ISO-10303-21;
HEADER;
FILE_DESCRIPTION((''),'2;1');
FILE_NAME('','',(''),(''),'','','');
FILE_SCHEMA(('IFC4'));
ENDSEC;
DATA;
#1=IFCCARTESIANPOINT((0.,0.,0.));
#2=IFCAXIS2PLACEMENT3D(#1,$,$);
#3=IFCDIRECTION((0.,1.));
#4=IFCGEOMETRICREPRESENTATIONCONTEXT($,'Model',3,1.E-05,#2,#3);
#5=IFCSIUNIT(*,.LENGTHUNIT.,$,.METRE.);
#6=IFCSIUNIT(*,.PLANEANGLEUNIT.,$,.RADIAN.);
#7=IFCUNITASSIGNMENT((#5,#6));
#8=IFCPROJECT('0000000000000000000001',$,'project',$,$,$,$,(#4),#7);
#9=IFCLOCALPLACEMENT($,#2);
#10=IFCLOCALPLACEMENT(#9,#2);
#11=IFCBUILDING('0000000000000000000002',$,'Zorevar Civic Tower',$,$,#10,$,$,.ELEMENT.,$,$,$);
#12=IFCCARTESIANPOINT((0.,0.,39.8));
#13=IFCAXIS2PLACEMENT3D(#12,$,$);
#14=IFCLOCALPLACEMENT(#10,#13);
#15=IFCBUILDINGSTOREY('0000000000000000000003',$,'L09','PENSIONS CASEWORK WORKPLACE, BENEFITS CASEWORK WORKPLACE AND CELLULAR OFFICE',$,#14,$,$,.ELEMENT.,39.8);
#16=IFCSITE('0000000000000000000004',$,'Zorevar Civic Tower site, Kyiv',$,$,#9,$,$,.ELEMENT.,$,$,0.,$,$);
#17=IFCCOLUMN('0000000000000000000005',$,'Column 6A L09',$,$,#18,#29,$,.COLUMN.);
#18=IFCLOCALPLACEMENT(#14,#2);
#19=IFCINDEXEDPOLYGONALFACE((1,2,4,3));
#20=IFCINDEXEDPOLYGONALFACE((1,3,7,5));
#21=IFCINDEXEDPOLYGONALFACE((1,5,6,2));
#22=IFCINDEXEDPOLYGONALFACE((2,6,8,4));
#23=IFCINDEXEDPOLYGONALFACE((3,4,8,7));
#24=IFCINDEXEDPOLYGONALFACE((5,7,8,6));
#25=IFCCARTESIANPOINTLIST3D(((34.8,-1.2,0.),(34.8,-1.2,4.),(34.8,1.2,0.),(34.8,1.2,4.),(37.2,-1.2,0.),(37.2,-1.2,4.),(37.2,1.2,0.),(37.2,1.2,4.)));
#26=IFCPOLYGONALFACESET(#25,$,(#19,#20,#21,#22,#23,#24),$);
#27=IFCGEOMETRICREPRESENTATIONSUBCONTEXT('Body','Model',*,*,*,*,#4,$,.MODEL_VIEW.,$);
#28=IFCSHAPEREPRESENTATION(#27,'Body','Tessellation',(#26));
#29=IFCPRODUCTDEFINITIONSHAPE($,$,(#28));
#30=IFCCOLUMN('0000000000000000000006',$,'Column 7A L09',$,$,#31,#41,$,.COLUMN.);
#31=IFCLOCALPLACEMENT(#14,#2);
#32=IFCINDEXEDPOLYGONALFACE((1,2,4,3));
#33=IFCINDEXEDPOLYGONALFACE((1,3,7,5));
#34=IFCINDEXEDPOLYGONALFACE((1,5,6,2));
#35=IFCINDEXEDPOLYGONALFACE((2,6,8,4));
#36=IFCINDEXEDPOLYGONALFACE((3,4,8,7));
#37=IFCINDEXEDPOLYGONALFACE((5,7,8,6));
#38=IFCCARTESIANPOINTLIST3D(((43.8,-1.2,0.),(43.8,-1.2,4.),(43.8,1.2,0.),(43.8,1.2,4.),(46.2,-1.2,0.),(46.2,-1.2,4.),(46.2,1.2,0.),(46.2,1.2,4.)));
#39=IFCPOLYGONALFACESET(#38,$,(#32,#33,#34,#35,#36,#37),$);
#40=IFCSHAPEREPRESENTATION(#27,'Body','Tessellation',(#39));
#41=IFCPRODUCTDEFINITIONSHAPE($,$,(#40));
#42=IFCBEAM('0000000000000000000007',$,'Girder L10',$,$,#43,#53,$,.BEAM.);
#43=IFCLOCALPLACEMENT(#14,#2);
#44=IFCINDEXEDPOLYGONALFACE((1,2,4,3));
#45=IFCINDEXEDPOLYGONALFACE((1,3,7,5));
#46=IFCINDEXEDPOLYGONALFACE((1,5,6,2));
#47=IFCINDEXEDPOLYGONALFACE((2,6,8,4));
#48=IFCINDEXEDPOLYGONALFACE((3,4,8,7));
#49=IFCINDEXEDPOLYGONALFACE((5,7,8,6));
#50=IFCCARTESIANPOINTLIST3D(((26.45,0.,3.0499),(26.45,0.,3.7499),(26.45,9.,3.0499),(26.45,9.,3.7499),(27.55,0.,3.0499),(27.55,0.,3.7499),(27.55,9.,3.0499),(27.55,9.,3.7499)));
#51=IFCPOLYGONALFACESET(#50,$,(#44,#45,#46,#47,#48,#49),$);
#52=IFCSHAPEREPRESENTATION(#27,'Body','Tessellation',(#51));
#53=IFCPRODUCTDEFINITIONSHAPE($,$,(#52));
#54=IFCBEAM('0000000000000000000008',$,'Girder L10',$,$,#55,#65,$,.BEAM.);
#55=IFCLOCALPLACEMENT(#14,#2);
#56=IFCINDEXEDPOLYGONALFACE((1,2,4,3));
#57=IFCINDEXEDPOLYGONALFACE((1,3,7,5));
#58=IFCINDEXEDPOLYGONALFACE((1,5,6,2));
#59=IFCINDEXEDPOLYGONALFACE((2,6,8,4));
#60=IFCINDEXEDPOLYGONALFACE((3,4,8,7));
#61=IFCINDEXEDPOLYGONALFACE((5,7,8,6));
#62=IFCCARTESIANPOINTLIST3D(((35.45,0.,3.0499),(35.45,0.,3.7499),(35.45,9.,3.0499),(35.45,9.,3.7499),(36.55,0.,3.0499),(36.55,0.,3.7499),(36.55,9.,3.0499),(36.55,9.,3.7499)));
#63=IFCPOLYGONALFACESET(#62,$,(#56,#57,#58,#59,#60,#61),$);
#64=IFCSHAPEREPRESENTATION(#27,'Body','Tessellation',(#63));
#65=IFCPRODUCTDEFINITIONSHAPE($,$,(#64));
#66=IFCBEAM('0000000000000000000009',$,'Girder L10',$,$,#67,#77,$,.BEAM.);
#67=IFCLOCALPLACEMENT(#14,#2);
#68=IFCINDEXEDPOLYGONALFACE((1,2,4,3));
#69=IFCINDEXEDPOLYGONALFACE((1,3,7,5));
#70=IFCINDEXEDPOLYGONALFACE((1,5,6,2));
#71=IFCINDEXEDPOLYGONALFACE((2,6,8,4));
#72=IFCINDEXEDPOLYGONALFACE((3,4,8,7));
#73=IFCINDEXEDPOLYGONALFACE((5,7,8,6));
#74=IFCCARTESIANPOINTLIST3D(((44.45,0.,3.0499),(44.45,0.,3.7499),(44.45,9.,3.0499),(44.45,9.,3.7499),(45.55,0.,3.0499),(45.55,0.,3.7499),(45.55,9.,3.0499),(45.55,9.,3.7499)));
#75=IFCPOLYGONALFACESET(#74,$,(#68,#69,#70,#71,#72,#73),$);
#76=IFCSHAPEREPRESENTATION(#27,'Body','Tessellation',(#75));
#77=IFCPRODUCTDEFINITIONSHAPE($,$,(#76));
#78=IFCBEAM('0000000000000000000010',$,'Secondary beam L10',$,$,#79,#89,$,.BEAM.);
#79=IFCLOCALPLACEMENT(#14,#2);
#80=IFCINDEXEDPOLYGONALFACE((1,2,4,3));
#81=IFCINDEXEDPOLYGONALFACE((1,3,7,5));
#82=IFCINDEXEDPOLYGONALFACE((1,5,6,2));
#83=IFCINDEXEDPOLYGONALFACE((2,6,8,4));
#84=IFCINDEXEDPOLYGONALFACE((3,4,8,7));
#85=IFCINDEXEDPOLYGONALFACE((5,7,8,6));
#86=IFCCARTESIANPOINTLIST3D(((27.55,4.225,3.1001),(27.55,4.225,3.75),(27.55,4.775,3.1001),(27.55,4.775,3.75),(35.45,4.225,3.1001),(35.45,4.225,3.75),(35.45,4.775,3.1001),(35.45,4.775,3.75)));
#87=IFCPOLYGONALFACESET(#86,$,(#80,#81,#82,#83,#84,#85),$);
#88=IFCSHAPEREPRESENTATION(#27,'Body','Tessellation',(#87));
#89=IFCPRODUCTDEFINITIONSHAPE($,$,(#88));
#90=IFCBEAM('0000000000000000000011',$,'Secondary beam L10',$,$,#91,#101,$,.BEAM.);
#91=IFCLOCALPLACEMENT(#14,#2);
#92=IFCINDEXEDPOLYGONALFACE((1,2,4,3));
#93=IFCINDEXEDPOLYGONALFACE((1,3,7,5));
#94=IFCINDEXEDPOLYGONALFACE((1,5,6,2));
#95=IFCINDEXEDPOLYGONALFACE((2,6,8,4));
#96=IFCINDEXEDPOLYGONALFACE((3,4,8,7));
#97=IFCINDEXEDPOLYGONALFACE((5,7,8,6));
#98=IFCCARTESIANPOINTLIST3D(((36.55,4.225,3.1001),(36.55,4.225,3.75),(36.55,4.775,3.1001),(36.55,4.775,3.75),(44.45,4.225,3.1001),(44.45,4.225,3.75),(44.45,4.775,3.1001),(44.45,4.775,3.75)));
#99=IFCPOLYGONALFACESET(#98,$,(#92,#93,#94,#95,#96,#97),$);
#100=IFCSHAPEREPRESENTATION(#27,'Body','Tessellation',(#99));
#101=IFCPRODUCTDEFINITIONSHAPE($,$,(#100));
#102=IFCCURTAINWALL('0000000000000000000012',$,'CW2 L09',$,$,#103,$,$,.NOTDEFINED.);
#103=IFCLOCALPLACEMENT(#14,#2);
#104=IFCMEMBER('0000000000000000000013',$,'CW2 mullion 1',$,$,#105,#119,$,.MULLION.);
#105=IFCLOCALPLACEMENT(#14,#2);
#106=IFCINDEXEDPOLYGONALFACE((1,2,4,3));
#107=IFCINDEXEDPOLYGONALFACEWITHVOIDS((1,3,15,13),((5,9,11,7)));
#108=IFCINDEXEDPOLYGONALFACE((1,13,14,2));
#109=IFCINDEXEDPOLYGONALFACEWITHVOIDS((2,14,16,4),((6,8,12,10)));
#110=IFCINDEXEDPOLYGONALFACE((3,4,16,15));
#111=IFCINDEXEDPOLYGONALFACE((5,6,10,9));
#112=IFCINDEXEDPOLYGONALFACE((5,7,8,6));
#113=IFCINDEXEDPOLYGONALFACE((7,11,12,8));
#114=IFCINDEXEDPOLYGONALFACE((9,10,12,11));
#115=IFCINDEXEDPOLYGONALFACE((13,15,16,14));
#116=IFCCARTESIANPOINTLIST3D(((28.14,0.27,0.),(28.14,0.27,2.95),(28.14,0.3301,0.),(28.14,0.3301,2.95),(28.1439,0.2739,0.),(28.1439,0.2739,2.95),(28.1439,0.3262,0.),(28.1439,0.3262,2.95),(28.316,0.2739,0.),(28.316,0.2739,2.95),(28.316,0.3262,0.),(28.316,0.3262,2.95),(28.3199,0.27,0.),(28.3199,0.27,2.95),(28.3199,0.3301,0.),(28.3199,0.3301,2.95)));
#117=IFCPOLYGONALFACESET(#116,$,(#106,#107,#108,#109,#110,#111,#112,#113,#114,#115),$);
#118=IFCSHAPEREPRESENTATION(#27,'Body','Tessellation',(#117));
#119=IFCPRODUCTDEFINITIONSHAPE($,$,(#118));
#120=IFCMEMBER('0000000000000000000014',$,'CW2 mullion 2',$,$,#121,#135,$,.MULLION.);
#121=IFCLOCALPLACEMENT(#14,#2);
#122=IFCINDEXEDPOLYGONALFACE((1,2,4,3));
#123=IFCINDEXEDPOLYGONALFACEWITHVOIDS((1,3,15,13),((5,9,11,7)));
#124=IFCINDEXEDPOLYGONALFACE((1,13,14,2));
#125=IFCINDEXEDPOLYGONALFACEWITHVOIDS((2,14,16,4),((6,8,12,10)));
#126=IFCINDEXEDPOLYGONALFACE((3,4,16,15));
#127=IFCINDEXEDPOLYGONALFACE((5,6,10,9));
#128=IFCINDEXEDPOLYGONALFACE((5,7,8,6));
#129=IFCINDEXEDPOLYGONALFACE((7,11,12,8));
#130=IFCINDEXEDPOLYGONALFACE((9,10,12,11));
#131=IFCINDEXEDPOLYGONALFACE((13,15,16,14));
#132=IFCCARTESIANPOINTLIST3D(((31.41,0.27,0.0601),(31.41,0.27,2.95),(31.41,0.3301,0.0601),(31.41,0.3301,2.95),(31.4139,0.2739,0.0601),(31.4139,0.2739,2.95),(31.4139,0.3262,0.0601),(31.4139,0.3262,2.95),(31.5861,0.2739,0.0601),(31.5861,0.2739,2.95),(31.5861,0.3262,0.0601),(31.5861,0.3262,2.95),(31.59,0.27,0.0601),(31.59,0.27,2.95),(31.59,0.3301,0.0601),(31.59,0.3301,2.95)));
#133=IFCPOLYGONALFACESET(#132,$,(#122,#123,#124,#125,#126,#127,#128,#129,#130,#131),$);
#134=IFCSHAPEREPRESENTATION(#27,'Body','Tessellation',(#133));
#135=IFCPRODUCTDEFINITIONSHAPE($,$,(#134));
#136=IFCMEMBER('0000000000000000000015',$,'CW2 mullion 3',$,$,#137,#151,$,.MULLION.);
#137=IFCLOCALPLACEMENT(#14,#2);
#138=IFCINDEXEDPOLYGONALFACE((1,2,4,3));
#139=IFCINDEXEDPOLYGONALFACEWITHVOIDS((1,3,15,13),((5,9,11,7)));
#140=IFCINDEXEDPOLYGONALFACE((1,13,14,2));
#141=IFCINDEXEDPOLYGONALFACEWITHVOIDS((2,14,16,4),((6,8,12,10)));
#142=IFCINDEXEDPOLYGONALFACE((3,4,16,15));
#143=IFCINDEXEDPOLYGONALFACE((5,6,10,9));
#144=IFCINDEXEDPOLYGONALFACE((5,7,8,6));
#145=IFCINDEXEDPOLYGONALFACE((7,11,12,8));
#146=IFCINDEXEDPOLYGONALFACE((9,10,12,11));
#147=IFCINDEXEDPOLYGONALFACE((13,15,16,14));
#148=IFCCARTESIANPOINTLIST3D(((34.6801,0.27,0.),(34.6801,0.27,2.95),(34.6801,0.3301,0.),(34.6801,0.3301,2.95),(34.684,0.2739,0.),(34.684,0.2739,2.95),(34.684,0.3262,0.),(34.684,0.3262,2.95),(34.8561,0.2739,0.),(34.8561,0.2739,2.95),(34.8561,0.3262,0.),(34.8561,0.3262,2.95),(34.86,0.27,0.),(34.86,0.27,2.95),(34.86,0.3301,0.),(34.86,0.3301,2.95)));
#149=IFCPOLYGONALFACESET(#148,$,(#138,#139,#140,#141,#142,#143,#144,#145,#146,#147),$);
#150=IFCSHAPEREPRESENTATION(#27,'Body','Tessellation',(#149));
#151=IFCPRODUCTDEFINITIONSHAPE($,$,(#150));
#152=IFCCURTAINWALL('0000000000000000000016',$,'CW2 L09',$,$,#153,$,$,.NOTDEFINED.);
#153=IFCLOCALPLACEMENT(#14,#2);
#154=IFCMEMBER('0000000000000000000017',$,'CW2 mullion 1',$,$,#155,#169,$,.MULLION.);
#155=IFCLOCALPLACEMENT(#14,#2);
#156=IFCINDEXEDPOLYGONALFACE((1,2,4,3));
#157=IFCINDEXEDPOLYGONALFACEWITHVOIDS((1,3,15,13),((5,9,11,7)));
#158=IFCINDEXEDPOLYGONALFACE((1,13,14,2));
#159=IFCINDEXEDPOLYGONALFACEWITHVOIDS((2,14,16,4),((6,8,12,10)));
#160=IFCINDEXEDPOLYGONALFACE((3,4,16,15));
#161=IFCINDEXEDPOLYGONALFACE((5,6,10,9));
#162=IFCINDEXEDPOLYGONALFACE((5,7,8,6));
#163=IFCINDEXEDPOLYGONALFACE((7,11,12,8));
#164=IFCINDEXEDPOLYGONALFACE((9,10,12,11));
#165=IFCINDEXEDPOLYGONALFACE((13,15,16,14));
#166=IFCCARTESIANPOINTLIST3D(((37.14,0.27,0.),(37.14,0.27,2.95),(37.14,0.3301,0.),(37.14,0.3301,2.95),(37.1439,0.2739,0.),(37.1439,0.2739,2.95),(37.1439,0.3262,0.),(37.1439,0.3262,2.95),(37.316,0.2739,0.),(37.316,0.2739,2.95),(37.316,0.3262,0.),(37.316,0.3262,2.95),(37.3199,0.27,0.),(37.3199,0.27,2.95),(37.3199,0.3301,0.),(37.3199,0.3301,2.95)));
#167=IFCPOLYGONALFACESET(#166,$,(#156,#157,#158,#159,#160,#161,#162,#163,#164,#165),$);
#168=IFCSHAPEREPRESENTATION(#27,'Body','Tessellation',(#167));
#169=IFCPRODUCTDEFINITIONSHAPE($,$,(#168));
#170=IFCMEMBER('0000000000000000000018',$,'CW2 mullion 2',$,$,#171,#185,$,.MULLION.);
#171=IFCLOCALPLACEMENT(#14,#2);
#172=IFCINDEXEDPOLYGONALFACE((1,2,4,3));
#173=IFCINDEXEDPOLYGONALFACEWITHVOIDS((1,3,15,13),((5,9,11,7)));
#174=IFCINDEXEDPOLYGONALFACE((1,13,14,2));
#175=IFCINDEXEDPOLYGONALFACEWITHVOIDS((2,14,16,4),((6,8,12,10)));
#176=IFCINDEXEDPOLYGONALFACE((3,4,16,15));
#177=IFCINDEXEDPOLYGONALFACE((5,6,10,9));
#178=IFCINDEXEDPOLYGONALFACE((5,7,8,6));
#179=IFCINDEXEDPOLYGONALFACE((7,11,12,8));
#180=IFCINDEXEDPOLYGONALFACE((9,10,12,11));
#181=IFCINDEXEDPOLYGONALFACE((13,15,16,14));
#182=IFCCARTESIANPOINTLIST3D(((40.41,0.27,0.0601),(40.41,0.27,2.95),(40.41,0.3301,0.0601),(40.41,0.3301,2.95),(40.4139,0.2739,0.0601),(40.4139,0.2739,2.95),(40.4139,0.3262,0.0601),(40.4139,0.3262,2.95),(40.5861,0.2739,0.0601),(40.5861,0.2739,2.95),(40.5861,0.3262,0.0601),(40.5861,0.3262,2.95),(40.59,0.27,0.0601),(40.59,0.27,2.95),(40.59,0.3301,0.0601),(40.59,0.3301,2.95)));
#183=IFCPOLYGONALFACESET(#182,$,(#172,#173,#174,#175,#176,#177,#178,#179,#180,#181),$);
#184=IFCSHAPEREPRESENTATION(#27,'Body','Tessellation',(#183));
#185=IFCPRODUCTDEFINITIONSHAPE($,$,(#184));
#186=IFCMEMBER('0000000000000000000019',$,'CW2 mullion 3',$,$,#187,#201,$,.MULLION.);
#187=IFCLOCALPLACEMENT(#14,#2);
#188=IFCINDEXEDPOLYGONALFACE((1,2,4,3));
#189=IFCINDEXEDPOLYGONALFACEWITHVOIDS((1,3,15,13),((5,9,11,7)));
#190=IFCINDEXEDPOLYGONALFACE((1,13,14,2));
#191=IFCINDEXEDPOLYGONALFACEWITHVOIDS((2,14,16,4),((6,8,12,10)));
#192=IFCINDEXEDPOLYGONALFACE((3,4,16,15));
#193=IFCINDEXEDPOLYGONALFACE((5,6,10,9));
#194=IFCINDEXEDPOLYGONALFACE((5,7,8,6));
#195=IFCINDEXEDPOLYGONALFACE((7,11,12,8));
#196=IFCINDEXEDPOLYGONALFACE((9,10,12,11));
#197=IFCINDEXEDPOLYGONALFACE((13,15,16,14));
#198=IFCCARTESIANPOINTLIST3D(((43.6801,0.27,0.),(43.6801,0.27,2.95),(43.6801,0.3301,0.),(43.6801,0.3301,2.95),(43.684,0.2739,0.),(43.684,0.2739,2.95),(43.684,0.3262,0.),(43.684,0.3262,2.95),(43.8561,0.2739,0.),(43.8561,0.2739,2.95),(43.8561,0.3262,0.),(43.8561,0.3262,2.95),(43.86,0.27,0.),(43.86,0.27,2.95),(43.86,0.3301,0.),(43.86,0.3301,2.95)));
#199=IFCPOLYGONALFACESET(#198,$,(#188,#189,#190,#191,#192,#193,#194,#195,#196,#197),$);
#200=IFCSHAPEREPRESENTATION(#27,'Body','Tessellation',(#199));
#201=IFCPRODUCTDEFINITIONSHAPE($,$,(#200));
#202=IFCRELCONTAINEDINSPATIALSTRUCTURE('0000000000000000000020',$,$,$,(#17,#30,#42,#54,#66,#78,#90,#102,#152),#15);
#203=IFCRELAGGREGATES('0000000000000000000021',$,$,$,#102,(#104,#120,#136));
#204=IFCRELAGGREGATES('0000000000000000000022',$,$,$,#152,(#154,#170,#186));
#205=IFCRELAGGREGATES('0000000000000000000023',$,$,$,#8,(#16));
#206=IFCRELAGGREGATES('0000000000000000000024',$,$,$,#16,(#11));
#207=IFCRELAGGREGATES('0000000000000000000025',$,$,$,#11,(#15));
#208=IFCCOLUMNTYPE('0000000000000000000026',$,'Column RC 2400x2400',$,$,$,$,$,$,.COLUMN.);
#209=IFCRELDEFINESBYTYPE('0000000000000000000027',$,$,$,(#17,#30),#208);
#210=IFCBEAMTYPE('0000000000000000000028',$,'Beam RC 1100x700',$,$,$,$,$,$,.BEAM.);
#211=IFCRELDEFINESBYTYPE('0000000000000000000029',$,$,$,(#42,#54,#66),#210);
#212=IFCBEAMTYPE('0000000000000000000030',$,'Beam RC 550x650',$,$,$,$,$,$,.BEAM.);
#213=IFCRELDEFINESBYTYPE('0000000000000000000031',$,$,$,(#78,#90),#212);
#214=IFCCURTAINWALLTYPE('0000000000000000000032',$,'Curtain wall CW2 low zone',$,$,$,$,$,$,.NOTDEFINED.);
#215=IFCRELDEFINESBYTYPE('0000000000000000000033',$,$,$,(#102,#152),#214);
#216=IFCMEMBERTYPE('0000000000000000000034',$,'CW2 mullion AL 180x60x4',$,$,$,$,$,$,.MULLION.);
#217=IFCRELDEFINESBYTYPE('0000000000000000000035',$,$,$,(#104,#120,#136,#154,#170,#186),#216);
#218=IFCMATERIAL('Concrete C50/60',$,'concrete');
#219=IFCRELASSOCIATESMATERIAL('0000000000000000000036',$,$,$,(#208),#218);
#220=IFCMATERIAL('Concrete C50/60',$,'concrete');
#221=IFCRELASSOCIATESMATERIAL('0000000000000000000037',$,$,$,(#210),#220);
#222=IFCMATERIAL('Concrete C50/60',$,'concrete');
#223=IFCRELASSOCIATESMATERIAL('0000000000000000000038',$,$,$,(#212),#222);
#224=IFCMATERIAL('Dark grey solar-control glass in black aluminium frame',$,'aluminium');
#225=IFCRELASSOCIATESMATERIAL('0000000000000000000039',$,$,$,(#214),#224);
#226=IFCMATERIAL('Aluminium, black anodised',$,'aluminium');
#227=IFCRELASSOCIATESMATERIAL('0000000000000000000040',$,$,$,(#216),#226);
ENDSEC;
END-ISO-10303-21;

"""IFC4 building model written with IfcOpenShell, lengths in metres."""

from ifc_helpers import new_model, si_unit, direction, frame, origin, origin_2d, place, context, subcontext, project, spatial, rectangle, hollow_rectangle, extrude, material, material_profile, profile_set, type_object, element, aggregate, save


model = new_model("IFC4")

# Units and contexts
model_context = context("Model", 3, precision=1e-05, world=origin(), true_north=direction((0.0, 1.0)))
body_context = subcontext(model_context, "Body", "Model", "MODEL_VIEW")
ifc_project = project(units=[si_unit("LENGTHUNIT", "METRE"), si_unit("PLANEANGLEUNIT", "RADIAN")], contexts=[model_context])

# Site, building, storey
site_placement = place(None, origin())
site = spatial("IfcSite", under=ifc_project, at=site_placement, Name="Zorevar Civic Tower site, Kyiv", CompositionType="ELEMENT", RefElevation=0.0)
building_placement = place(site_placement, origin())
building = spatial("IfcBuilding", under=site, at=building_placement, Name="Zorevar Civic Tower", CompositionType="ELEMENT")
storey_placement = place(building_placement, frame((0.0, 0.0, 39.8)))
storey = spatial("IfcBuildingStorey", under=building, at=storey_placement, Name="L09", Description="PENSIONS CASEWORK WORKPLACE, BENEFITS CASEWORK WORKPLACE AND CELLULAR OFFICE", CompositionType="ELEMENT", Elevation=39.8)

# Columns
ifc_material_1 = material(Name="Concrete C50/60", Category="concrete")
ifc_material_profile_1 = material_profile(ifc_material_1, rectangle(XDim=2.3999, YDim=2.3999, at=origin_2d()), Name="RC 2400x2400")
ifc_profile_set_1 = profile_set([ifc_material_profile_1], Name="Concrete C50/60")
column_type = type_object("IfcColumnType", Name="Column RC 2400x2400", PredefinedType="COLUMN", material=ifc_profile_set_1)
for number, where, z_axis, x_axis, name in (
    (1, (36.0, 0.0, 0.0), (0.0, 0.0, 1.0), (1.0, 0.0, 0.0), "Column 6A L09"),
    (2, (45.0, 0.0, 0.0), (0.0, 0.0, 1.0), (1.0, 0.0, 0.0), "Column 7A L09"),
):
    element("IfcColumn", number, at=place(storey_placement, frame(where, z_axis=z_axis, x_axis=x_axis)), inside=storey, type_object=column_type, Name=name, PredefinedType="COLUMN", context=body_context, shape_type="SweptSolid", body=[
        extrude(rectangle(XDim=2.3999, YDim=2.3999, at=origin_2d()), origin(), (0.0, 0.0, 1.0), 4.0),
    ])

# Beams
ifc_material_2 = material(Name="Concrete C50/60", Category="concrete")
ifc_material_profile_2 = material_profile(ifc_material_2, rectangle(XDim=1.1001, YDim=0.7, at=origin_2d()), Name="RC 1100x700")
ifc_profile_set_2 = profile_set([ifc_material_profile_2], Name="Concrete C50/60")
beam_type_1 = type_object("IfcBeamType", Name="Beam RC 1100x700", PredefinedType="BEAM", material=ifc_profile_set_2)
for number, where, z_axis, x_axis, name in (
    (3, (27.0, 0.0, 3.3999), (0.0, 1.0, 0.0), (-1.0, 0.0, 0.0), "Girder L10"),
    (4, (36.0, 0.0, 3.3999), (0.0, 1.0, 0.0), (-1.0, 0.0, 0.0), "Girder L10"),
    (5, (45.0, 0.0, 3.3999), (0.0, 1.0, 0.0), (-1.0, 0.0, 0.0), "Girder L10"),
):
    element("IfcBeam", number, at=place(storey_placement, frame(where, z_axis=z_axis, x_axis=x_axis)), inside=storey, type_object=beam_type_1, Name=name, PredefinedType="BEAM", context=body_context, shape_type="SweptSolid", body=[
        extrude(rectangle(XDim=1.1001, YDim=0.7, at=origin_2d()), origin(), (0.0, 0.0, 1.0), 9.0),
    ])
ifc_material_3 = material(Name="Concrete C50/60", Category="concrete")
ifc_material_profile_3 = material_profile(ifc_material_3, rectangle(XDim=0.55, YDim=0.6499, at=origin_2d()), Name="RC 550x650")
ifc_profile_set_3 = profile_set([ifc_material_profile_3], Name="Concrete C50/60")
beam_type_2 = type_object("IfcBeamType", Name="Beam RC 550x650", PredefinedType="BEAM", material=ifc_profile_set_3)
for number, where, z_axis, x_axis, name in (
    (6, (27.55, 4.5, 3.425), (1.0, 0.0, 0.0), (0.0, 1.0, 0.0), "Secondary beam L10"),
    (7, (36.55, 4.5, 3.425), (1.0, 0.0, 0.0), (0.0, 1.0, 0.0), "Secondary beam L10"),
):
    element("IfcBeam", number, at=place(storey_placement, frame(where, z_axis=z_axis, x_axis=x_axis)), inside=storey, type_object=beam_type_2, Name=name, PredefinedType="BEAM", context=body_context, shape_type="SweptSolid", body=[
        extrude(rectangle(XDim=0.55, YDim=0.6499, at=origin_2d()), origin(), (0.0, 0.0, 1.0), 7.8999),
    ])

# Curtain walls, members
ifc_material_4 = material(Name="Dark grey solar-control glass in black aluminium frame", Category="aluminium")
curtain_wall_type = type_object("IfcCurtainWallType", Name="Curtain wall CW2 low zone", PredefinedType="NOTDEFINED", material=ifc_material_4)
curtain_wall_1_placement = place(storey_placement, origin())
curtain_wall_1 = element("IfcCurtainWall", 8, at=curtain_wall_1_placement, inside=storey, type_object=curtain_wall_type, Name="CW2 L09", PredefinedType="NOTDEFINED")
ifc_material_5 = material(Name="Aluminium, black anodised", Category="aluminium")
ifc_material_profile_4 = material_profile(ifc_material_5, hollow_rectangle(XDim=0.0601, YDim=0.1799, WallThickness=0.0039, at=origin_2d()), Name="AL 180x60x4")
ifc_profile_set_4 = profile_set([ifc_material_profile_4], Name="Aluminium, black anodised")
member_type_1 = type_object("IfcMemberType", Name="CW2 mullion AL 180x60x4", PredefinedType="MULLION", material=ifc_profile_set_4)
member_1_placement = place(storey_placement, frame((28.23, 0.3, 0.0), z_axis=(0.0, 0.0, 1.0), x_axis=(0.0, 1.0, 0.0)))
member_1 = element("IfcMember", 9, at=member_1_placement, type_object=member_type_1, Name="CW2 mullion 1", PredefinedType="MULLION", context=body_context, shape_type="SweptSolid", body=[
    extrude(hollow_rectangle(XDim=0.0601, YDim=0.1799, WallThickness=0.0039, at=origin_2d()), origin(), (0.0, 0.0, 1.0), 2.95),
])
member_2_placement = place(storey_placement, frame((31.5, 0.3, 0.0601), z_axis=(0.0, 0.0, 1.0), x_axis=(0.0, 1.0, 0.0)))
member_2 = element("IfcMember", 10, at=member_2_placement, type_object=member_type_1, Name="CW2 mullion 2", PredefinedType="MULLION", context=body_context, shape_type="SweptSolid", body=[
    extrude(hollow_rectangle(XDim=0.0601, YDim=0.1799, WallThickness=0.0039, at=origin_2d()), origin(), (0.0, 0.0, 1.0), 2.8899),
])
member_3_placement = place(storey_placement, frame((34.77, 0.3, 0.0), z_axis=(0.0, 0.0, 1.0), x_axis=(0.0, 1.0, 0.0)))
member_3 = element("IfcMember", 11, at=member_3_placement, type_object=member_type_1, Name="CW2 mullion 3", PredefinedType="MULLION", context=body_context, shape_type="SweptSolid", body=[
    extrude(hollow_rectangle(XDim=0.0601, YDim=0.1799, WallThickness=0.0039, at=origin_2d()), origin(), (0.0, 0.0, 1.0), 2.95),
])
curtain_wall_2_placement = place(storey_placement, origin())
curtain_wall_2 = element("IfcCurtainWall", 12, at=curtain_wall_2_placement, inside=storey, type_object=curtain_wall_type, Name="CW2 L09", PredefinedType="NOTDEFINED")
member_4_placement = place(storey_placement, frame((37.23, 0.3, 0.0), z_axis=(0.0, 0.0, 1.0), x_axis=(0.0, 1.0, 0.0)))
member_4 = element("IfcMember", 13, at=member_4_placement, type_object=member_type_1, Name="CW2 mullion 1", PredefinedType="MULLION", context=body_context, shape_type="SweptSolid", body=[
    extrude(hollow_rectangle(XDim=0.0601, YDim=0.1799, WallThickness=0.0039, at=origin_2d()), origin(), (0.0, 0.0, 1.0), 2.95),
])
member_5_placement = place(storey_placement, frame((40.5, 0.3, 0.0601), z_axis=(0.0, 0.0, 1.0), x_axis=(0.0, 1.0, 0.0)))
member_5 = element("IfcMember", 14, at=member_5_placement, type_object=member_type_1, Name="CW2 mullion 2", PredefinedType="MULLION", context=body_context, shape_type="SweptSolid", body=[
    extrude(hollow_rectangle(XDim=0.0601, YDim=0.1799, WallThickness=0.0039, at=origin_2d()), origin(), (0.0, 0.0, 1.0), 2.8899),
])
member_6_placement = place(storey_placement, frame((43.77, 0.3, 0.0), z_axis=(0.0, 0.0, 1.0), x_axis=(0.0, 1.0, 0.0)))
member_6 = element("IfcMember", 15, at=member_6_placement, type_object=member_type_1, Name="CW2 mullion 3", PredefinedType="MULLION", context=body_context, shape_type="SweptSolid", body=[
    extrude(hollow_rectangle(XDim=0.0601, YDim=0.1799, WallThickness=0.0039, at=origin_2d()), origin(), (0.0, 0.0, 1.0), 2.95),
])

aggregate(curtain_wall_1, [member_1, member_2, member_3])
aggregate(curtain_wall_2, [member_4, member_5, member_6])

save(model, "model.ifc")
